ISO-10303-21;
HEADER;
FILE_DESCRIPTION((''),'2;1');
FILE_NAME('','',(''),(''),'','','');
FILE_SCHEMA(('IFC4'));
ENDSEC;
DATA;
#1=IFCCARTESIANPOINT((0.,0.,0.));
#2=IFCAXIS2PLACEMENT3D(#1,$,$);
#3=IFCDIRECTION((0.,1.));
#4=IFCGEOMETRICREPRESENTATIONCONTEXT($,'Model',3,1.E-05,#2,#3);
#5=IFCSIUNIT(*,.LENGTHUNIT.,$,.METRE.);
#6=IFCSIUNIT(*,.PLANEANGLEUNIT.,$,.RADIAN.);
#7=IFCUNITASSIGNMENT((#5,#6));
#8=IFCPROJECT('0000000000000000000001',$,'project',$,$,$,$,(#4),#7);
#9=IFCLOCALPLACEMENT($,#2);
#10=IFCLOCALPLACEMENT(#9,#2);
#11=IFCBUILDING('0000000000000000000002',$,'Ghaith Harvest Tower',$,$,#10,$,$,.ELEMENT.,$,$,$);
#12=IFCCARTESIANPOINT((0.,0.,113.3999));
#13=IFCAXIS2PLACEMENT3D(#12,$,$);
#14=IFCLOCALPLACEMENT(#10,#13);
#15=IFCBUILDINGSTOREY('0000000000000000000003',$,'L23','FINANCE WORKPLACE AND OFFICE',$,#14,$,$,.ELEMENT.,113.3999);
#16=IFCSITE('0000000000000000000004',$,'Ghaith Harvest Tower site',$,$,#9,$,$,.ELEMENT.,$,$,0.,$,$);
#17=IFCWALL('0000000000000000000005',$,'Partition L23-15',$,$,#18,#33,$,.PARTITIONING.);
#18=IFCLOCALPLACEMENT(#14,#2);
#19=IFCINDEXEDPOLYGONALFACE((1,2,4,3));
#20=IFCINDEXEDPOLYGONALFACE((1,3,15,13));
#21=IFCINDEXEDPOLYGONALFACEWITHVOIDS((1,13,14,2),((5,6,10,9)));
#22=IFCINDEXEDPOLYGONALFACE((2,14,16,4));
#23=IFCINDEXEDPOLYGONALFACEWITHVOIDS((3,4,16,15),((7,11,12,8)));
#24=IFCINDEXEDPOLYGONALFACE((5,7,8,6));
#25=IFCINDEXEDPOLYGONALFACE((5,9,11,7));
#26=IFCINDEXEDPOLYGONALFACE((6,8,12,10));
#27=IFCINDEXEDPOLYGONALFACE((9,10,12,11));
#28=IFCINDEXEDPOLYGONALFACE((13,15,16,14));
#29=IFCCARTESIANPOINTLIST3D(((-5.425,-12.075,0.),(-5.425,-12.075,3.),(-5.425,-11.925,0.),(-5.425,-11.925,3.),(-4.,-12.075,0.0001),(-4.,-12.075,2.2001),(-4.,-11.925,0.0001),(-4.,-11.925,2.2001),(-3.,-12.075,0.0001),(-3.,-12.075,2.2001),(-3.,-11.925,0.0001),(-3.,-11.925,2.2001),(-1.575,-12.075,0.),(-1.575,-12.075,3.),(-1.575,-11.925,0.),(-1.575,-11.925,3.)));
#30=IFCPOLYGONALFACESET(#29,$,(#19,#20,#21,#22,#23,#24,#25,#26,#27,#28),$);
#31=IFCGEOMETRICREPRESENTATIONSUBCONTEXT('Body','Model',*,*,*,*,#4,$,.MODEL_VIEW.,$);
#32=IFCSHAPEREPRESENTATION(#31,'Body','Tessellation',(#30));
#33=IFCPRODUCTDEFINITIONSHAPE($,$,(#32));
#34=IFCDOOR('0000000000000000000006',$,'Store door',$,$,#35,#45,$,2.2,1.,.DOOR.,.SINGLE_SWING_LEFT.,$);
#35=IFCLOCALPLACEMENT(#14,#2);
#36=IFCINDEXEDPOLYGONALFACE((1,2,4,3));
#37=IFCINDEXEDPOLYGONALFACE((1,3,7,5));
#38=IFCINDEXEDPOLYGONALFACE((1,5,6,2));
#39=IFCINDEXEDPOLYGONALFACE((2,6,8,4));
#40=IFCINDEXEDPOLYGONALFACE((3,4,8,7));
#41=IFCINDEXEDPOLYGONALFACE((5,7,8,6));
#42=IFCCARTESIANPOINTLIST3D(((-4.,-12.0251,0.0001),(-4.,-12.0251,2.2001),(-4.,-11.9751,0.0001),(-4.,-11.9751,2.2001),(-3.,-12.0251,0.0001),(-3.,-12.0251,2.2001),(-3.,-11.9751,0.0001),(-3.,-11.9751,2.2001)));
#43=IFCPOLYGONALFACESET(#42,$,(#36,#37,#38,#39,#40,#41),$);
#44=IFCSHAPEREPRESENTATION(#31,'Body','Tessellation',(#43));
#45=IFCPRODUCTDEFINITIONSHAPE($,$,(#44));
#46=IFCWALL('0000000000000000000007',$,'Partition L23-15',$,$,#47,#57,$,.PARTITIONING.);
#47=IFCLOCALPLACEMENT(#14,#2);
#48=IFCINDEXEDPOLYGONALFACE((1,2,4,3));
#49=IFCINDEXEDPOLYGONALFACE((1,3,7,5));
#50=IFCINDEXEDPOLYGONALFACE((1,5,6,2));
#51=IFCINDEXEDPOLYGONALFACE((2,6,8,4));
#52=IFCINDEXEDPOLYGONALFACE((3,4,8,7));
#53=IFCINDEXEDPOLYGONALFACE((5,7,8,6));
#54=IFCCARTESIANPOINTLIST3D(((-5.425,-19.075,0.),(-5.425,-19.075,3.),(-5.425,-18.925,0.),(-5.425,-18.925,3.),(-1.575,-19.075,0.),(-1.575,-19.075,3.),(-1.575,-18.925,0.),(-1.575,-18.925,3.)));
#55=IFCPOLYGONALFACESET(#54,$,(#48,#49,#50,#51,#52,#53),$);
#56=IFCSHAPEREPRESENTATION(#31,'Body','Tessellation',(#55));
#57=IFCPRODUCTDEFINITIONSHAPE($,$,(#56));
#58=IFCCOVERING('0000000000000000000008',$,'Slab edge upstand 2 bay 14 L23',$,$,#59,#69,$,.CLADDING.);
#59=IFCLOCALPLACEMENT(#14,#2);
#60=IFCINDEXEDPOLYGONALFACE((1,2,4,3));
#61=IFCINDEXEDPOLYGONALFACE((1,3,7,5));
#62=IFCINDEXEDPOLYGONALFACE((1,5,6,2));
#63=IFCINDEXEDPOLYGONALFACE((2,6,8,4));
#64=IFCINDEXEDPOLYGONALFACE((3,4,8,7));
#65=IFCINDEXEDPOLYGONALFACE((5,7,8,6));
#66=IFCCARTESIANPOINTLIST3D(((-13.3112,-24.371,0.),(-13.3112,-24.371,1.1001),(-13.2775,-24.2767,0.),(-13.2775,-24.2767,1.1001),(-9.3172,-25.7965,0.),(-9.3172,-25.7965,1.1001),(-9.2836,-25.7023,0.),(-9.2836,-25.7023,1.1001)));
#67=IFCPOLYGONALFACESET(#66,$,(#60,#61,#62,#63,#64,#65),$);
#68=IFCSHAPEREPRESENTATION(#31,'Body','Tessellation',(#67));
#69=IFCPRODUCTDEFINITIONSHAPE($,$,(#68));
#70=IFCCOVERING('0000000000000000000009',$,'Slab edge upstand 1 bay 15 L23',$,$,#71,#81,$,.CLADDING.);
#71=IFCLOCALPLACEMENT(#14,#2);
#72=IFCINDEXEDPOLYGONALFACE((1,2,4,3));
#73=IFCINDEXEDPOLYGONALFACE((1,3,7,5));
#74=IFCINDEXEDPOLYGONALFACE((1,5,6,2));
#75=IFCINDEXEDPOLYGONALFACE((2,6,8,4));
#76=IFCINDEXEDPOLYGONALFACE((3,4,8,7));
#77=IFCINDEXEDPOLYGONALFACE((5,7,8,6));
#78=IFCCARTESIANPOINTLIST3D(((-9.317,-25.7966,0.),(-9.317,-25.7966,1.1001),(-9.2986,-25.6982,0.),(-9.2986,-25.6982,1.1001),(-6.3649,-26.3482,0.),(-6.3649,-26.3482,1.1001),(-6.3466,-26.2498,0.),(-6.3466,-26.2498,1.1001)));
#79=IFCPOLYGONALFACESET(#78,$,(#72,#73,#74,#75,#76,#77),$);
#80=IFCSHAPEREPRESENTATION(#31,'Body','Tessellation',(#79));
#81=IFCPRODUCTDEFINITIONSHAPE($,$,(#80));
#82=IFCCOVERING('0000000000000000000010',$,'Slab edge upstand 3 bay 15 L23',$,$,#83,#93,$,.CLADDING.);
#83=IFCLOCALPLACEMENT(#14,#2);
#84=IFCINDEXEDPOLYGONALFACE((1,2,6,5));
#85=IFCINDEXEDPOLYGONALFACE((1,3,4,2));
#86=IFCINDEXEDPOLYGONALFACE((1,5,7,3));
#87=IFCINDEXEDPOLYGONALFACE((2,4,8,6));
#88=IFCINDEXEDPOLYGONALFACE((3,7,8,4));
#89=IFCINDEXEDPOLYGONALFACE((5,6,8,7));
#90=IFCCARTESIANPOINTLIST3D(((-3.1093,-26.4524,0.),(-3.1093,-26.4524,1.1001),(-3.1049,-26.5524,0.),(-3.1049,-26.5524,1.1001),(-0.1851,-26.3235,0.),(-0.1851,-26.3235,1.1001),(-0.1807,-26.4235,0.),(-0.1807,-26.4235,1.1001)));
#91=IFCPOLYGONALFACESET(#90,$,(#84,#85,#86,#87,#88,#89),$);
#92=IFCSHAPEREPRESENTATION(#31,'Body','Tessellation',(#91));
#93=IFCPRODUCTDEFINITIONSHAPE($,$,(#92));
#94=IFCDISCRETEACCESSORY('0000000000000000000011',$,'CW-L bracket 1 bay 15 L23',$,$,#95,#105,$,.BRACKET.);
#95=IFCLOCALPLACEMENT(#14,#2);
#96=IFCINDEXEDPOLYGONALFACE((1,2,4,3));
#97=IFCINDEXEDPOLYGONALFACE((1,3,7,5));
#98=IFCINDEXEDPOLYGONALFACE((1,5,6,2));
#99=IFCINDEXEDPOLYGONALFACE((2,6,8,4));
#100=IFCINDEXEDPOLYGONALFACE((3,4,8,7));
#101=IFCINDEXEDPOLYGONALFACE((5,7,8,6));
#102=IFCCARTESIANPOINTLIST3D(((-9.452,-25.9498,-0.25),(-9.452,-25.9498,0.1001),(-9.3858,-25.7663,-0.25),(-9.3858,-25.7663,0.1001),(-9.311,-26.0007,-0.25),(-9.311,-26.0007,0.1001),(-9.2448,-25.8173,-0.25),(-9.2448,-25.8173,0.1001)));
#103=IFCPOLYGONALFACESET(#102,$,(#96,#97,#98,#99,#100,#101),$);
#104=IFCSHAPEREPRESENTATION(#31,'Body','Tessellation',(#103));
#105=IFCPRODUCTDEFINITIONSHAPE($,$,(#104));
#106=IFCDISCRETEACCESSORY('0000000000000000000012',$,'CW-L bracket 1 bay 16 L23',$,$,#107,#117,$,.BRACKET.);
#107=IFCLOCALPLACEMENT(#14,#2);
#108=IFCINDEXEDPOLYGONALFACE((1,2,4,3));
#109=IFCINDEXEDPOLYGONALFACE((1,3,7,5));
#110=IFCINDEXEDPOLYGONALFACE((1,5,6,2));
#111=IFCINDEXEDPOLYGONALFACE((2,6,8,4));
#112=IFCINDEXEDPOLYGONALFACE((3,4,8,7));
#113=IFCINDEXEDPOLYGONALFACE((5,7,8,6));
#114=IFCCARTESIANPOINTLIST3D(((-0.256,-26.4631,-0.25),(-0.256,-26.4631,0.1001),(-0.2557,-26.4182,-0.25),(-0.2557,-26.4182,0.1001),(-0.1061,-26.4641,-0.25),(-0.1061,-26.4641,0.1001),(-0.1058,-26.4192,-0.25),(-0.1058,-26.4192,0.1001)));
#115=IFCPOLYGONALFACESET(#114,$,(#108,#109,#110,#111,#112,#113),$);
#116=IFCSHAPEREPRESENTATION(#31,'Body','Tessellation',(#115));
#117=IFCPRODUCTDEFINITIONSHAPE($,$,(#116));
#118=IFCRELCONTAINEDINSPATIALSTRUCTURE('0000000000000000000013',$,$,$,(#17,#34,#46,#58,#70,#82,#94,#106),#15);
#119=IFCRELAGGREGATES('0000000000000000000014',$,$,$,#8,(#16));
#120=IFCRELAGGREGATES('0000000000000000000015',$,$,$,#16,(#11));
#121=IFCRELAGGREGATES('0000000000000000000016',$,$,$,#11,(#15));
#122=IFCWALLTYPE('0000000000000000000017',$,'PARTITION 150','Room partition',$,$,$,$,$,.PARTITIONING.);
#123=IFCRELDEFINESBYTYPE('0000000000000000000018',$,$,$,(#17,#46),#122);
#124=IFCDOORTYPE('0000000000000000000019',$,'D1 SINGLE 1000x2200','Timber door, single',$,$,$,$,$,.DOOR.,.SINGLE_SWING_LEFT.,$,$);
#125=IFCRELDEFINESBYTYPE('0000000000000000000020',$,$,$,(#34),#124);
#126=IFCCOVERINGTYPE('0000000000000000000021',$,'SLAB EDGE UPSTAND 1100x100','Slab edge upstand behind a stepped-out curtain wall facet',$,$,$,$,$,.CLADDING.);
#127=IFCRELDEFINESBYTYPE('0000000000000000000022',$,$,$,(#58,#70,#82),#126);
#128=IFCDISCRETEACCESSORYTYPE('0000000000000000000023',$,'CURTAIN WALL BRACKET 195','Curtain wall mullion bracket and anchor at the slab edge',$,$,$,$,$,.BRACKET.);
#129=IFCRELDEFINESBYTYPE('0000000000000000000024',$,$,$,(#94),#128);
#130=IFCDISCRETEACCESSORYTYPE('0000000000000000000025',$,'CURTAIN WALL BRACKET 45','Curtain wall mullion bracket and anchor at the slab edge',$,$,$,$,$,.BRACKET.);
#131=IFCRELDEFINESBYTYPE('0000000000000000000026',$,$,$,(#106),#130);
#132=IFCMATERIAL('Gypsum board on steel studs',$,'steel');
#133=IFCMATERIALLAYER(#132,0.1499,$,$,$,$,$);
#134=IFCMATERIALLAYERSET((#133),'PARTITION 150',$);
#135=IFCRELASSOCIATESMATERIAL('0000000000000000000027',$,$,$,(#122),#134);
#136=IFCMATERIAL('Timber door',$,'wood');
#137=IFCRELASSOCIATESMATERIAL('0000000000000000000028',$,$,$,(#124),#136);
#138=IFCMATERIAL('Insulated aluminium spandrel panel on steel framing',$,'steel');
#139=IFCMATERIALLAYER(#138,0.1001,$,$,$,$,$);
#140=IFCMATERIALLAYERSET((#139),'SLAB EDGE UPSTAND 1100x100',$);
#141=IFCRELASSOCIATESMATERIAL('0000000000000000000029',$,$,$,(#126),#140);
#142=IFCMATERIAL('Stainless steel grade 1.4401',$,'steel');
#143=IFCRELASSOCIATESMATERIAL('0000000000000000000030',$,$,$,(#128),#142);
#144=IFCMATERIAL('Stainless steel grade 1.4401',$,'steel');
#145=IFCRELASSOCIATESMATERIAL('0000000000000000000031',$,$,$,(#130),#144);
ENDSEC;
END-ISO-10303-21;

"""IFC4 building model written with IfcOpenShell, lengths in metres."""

from ifc_helpers import new_model, si_unit, direction, frame, frame_2d, origin, origin_2d, place, context, subcontext, project, spatial, rectangle, extrude, material, layer, layer_set, type_object, element, fill, save


model = new_model("IFC4")

# Units and contexts
model_context = context("Model", 3, precision=1e-05, world=origin(), true_north=direction((0.0, 1.0)))
body_context = subcontext(model_context, "Body", "Model", "MODEL_VIEW")
ifc_project = project(units=[si_unit("LENGTHUNIT", "METRE"), si_unit("PLANEANGLEUNIT", "RADIAN")], contexts=[model_context])

# Site, building, storey
site_placement = place(None, origin())
site = spatial("IfcSite", under=ifc_project, at=site_placement, Name="Ghaith Harvest Tower site", CompositionType="ELEMENT", RefElevation=0.0)
building_placement = place(site_placement, origin())
building = spatial("IfcBuilding", under=site, at=building_placement, Name="Ghaith Harvest Tower", CompositionType="ELEMENT")
storey_placement = place(building_placement, frame((0.0, 0.0, 113.3999)))
storey = spatial("IfcBuildingStorey", under=building, at=storey_placement, Name="L23", Description="FINANCE WORKPLACE AND OFFICE", CompositionType="ELEMENT", Elevation=113.3999)

# Shared definitions
ifc_material_1 = material(Name="Gypsum board on steel studs", Category="steel")
ifc_layer_1 = layer(ifc_material_1, 0.1499)
ifc_layer_set_1 = layer_set([ifc_layer_1], Name="PARTITION 150")
wall_type_1 = type_object("IfcWallType", Name="PARTITION 150", Description="Room partition", PredefinedType="PARTITIONING", material=ifc_layer_set_1)

# Shared definitions
ifc_material_2 = material(Name="Timber door", Category="wood")
door_type = type_object("IfcDoorType", Name="D1 SINGLE 1000x2200", Description="Timber door, single", OperationType="SINGLE_SWING_LEFT", PredefinedType="DOOR", material=ifc_material_2)

# Wall, opening, door
wall_1_placement = place(storey_placement, frame((-5.425, -12.0, 0.0), z_axis=(0.0, 0.0, 1.0), x_axis=(1.0, 0.0, 0.0)))
wall_1 = element("IfcWall", 1, at=wall_1_placement, inside=storey, type_object=wall_type_1, Name="Partition L23-15", PredefinedType="PARTITIONING", context=body_context, shape_type="SweptSolid", body=[
    extrude(rectangle(XDim=3.8501, YDim=0.1499, at=frame_2d((1.925, 0.0))), origin(), (0.0, 0.0, 1.0), 3.0),
])
opening_1_placement = place(wall_1_placement, frame((1.425, 0.0, 0.0)))
opening_1 = element("IfcOpeningElement", 2, at=opening_1_placement, cuts=wall_1, PredefinedType="OPENING", context=body_context, shape_type="SweptSolid", body=[
    extrude(rectangle(XDim=1.0, YDim=2.2, at=frame_2d((0.5, 1.1001))), frame((0.0, 0.085, 0.0), z_axis=(0.0, -1.0, 0.0), x_axis=(1.0, 0.0, 0.0)), (0.0, 0.0, 1.0), 0.1699),
])
door_1_placement = place(opening_1_placement, origin())
door_1 = element("IfcDoor", 3, at=door_1_placement, inside=storey, type_object=door_type, Name="Store door", OperationType="SINGLE_SWING_LEFT", OverallHeight=2.2, OverallWidth=1.0, PredefinedType="DOOR", context=body_context, shape_type="SweptSolid", body=[
    extrude(rectangle(XDim=1.0, YDim=2.2, at=frame_2d((0.5, 1.1001))), frame((0.0, 0.0249, 0.0), z_axis=(0.0, -1.0, 0.0), x_axis=(1.0, 0.0, 0.0)), (0.0, 0.0, 1.0), 0.05),
])
fill(opening_1, door_1)

# Wall
wall_2_placement = place(storey_placement, frame((-5.425, -19.0, 0.0), z_axis=(0.0, 0.0, 1.0), x_axis=(1.0, 0.0, 0.0)))
element("IfcWall", 4, at=wall_2_placement, inside=storey, type_object=wall_type_1, Name="Partition L23-15", PredefinedType="PARTITIONING", context=body_context, shape_type="SweptSolid", body=[
    extrude(rectangle(XDim=3.8501, YDim=0.1499, at=frame_2d((1.925, 0.0))), origin(), (0.0, 0.0, 1.0), 3.0),
])

# Coverings
ifc_material_3 = material(Name="Insulated aluminium spandrel panel on steel framing", Category="steel")
ifc_layer_2 = layer(ifc_material_3, 0.1001)
ifc_layer_set_2 = layer_set([ifc_layer_2], Name="SLAB EDGE UPSTAND 1100x100")
covering_type = type_object("IfcCoveringType", Name="SLAB EDGE UPSTAND 1100x100", Description="Slab edge upstand behind a stepped-out curtain wall facet", PredefinedType="CLADDING", material=ifc_layer_set_2)
covering_1_placement = place(storey_placement, frame((-11.2974, -25.0366, 0.0), z_axis=(0.0, 0.0, 1.0), x_axis=(0.941807, -0.336154, 0.0)))
element("IfcCovering", 5, at=covering_1_placement, inside=storey, type_object=covering_type, Name="Slab edge upstand 2 bay 14 L23", PredefinedType="CLADDING", context=body_context, shape_type="SweptSolid", body=[
    extrude(rectangle(XDim=4.2407, YDim=0.1001, at=origin_2d()), origin(), (0.0, 0.0, 1.0), 1.1001),
])
covering_2_placement = place(storey_placement, frame((-7.8318, -26.0232, 0.0), z_axis=(0.0, 0.0, 1.0), x_axis=(0.98299, -0.183659, 0.0)))
element("IfcCovering", 6, at=covering_2_placement, inside=storey, type_object=covering_type, Name="Slab edge upstand 1 bay 15 L23", PredefinedType="CLADDING", context=body_context, shape_type="SweptSolid", body=[
    extrude(rectangle(XDim=3.0032, YDim=0.1001, at=origin_2d()), origin(), (0.0, 0.0, 1.0), 1.1001),
])
covering_3_placement = place(storey_placement, frame((-1.645, -26.438, 0.0), z_axis=(0.0, 0.0, 1.0), x_axis=(0.99903, 0.044045, 0.0)))
element("IfcCovering", 7, at=covering_3_placement, inside=storey, type_object=covering_type, Name="Slab edge upstand 3 bay 15 L23", PredefinedType="CLADDING", context=body_context, shape_type="SweptSolid", body=[
    extrude(rectangle(XDim=2.927, YDim=0.1001, at=origin_2d()), origin(), (0.0, 0.0, 1.0), 1.1001),
])

# Discrete accessories
ifc_material_4 = material(Name="Stainless steel grade 1.4401", Category="steel")
discrete_accessory_type_1 = type_object("IfcDiscreteAccessoryType", Name="CURTAIN WALL BRACKET 195", Description="Curtain wall mullion bracket and anchor at the slab edge", PredefinedType="BRACKET", material=ifc_material_4)
discrete_accessory_1_placement = place(storey_placement, frame((-9.3484, -25.8835, -0.25), z_axis=(0.0, 0.0, 1.0), x_axis=(-0.339699, -0.940534, 0.0)))
element("IfcDiscreteAccessory", 8, at=discrete_accessory_1_placement, inside=storey, type_object=discrete_accessory_type_1, Name="CW-L bracket 1 bay 15 L23", PredefinedType="BRACKET", context=body_context, shape_type="SweptSolid", body=[
    extrude(rectangle(XDim=0.1951, YDim=0.1499, at=origin_2d()), origin(), (0.0, 0.0, 1.0), 0.3501),
])
ifc_material_5 = material(Name="Stainless steel grade 1.4401", Category="steel")
discrete_accessory_type_2 = type_object("IfcDiscreteAccessoryType", Name="CURTAIN WALL BRACKET 45", Description="Curtain wall mullion bracket and anchor at the slab edge", PredefinedType="BRACKET", material=ifc_material_5)
discrete_accessory_2_placement = place(storey_placement, frame((-0.1809, -26.4412, -0.25), z_axis=(0.0, 0.0, 1.0), x_axis=(-0.006844, -0.999977, 0.0)))
element("IfcDiscreteAccessory", 9, at=discrete_accessory_2_placement, inside=storey, type_object=discrete_accessory_type_2, Name="CW-L bracket 1 bay 16 L23", PredefinedType="BRACKET", context=body_context, shape_type="SweptSolid", body=[
    extrude(rectangle(XDim=0.0449, YDim=0.1499, at=origin_2d()), origin(), (0.0, 0.0, 1.0), 0.3501),
])

save(model, "model.ifc")
